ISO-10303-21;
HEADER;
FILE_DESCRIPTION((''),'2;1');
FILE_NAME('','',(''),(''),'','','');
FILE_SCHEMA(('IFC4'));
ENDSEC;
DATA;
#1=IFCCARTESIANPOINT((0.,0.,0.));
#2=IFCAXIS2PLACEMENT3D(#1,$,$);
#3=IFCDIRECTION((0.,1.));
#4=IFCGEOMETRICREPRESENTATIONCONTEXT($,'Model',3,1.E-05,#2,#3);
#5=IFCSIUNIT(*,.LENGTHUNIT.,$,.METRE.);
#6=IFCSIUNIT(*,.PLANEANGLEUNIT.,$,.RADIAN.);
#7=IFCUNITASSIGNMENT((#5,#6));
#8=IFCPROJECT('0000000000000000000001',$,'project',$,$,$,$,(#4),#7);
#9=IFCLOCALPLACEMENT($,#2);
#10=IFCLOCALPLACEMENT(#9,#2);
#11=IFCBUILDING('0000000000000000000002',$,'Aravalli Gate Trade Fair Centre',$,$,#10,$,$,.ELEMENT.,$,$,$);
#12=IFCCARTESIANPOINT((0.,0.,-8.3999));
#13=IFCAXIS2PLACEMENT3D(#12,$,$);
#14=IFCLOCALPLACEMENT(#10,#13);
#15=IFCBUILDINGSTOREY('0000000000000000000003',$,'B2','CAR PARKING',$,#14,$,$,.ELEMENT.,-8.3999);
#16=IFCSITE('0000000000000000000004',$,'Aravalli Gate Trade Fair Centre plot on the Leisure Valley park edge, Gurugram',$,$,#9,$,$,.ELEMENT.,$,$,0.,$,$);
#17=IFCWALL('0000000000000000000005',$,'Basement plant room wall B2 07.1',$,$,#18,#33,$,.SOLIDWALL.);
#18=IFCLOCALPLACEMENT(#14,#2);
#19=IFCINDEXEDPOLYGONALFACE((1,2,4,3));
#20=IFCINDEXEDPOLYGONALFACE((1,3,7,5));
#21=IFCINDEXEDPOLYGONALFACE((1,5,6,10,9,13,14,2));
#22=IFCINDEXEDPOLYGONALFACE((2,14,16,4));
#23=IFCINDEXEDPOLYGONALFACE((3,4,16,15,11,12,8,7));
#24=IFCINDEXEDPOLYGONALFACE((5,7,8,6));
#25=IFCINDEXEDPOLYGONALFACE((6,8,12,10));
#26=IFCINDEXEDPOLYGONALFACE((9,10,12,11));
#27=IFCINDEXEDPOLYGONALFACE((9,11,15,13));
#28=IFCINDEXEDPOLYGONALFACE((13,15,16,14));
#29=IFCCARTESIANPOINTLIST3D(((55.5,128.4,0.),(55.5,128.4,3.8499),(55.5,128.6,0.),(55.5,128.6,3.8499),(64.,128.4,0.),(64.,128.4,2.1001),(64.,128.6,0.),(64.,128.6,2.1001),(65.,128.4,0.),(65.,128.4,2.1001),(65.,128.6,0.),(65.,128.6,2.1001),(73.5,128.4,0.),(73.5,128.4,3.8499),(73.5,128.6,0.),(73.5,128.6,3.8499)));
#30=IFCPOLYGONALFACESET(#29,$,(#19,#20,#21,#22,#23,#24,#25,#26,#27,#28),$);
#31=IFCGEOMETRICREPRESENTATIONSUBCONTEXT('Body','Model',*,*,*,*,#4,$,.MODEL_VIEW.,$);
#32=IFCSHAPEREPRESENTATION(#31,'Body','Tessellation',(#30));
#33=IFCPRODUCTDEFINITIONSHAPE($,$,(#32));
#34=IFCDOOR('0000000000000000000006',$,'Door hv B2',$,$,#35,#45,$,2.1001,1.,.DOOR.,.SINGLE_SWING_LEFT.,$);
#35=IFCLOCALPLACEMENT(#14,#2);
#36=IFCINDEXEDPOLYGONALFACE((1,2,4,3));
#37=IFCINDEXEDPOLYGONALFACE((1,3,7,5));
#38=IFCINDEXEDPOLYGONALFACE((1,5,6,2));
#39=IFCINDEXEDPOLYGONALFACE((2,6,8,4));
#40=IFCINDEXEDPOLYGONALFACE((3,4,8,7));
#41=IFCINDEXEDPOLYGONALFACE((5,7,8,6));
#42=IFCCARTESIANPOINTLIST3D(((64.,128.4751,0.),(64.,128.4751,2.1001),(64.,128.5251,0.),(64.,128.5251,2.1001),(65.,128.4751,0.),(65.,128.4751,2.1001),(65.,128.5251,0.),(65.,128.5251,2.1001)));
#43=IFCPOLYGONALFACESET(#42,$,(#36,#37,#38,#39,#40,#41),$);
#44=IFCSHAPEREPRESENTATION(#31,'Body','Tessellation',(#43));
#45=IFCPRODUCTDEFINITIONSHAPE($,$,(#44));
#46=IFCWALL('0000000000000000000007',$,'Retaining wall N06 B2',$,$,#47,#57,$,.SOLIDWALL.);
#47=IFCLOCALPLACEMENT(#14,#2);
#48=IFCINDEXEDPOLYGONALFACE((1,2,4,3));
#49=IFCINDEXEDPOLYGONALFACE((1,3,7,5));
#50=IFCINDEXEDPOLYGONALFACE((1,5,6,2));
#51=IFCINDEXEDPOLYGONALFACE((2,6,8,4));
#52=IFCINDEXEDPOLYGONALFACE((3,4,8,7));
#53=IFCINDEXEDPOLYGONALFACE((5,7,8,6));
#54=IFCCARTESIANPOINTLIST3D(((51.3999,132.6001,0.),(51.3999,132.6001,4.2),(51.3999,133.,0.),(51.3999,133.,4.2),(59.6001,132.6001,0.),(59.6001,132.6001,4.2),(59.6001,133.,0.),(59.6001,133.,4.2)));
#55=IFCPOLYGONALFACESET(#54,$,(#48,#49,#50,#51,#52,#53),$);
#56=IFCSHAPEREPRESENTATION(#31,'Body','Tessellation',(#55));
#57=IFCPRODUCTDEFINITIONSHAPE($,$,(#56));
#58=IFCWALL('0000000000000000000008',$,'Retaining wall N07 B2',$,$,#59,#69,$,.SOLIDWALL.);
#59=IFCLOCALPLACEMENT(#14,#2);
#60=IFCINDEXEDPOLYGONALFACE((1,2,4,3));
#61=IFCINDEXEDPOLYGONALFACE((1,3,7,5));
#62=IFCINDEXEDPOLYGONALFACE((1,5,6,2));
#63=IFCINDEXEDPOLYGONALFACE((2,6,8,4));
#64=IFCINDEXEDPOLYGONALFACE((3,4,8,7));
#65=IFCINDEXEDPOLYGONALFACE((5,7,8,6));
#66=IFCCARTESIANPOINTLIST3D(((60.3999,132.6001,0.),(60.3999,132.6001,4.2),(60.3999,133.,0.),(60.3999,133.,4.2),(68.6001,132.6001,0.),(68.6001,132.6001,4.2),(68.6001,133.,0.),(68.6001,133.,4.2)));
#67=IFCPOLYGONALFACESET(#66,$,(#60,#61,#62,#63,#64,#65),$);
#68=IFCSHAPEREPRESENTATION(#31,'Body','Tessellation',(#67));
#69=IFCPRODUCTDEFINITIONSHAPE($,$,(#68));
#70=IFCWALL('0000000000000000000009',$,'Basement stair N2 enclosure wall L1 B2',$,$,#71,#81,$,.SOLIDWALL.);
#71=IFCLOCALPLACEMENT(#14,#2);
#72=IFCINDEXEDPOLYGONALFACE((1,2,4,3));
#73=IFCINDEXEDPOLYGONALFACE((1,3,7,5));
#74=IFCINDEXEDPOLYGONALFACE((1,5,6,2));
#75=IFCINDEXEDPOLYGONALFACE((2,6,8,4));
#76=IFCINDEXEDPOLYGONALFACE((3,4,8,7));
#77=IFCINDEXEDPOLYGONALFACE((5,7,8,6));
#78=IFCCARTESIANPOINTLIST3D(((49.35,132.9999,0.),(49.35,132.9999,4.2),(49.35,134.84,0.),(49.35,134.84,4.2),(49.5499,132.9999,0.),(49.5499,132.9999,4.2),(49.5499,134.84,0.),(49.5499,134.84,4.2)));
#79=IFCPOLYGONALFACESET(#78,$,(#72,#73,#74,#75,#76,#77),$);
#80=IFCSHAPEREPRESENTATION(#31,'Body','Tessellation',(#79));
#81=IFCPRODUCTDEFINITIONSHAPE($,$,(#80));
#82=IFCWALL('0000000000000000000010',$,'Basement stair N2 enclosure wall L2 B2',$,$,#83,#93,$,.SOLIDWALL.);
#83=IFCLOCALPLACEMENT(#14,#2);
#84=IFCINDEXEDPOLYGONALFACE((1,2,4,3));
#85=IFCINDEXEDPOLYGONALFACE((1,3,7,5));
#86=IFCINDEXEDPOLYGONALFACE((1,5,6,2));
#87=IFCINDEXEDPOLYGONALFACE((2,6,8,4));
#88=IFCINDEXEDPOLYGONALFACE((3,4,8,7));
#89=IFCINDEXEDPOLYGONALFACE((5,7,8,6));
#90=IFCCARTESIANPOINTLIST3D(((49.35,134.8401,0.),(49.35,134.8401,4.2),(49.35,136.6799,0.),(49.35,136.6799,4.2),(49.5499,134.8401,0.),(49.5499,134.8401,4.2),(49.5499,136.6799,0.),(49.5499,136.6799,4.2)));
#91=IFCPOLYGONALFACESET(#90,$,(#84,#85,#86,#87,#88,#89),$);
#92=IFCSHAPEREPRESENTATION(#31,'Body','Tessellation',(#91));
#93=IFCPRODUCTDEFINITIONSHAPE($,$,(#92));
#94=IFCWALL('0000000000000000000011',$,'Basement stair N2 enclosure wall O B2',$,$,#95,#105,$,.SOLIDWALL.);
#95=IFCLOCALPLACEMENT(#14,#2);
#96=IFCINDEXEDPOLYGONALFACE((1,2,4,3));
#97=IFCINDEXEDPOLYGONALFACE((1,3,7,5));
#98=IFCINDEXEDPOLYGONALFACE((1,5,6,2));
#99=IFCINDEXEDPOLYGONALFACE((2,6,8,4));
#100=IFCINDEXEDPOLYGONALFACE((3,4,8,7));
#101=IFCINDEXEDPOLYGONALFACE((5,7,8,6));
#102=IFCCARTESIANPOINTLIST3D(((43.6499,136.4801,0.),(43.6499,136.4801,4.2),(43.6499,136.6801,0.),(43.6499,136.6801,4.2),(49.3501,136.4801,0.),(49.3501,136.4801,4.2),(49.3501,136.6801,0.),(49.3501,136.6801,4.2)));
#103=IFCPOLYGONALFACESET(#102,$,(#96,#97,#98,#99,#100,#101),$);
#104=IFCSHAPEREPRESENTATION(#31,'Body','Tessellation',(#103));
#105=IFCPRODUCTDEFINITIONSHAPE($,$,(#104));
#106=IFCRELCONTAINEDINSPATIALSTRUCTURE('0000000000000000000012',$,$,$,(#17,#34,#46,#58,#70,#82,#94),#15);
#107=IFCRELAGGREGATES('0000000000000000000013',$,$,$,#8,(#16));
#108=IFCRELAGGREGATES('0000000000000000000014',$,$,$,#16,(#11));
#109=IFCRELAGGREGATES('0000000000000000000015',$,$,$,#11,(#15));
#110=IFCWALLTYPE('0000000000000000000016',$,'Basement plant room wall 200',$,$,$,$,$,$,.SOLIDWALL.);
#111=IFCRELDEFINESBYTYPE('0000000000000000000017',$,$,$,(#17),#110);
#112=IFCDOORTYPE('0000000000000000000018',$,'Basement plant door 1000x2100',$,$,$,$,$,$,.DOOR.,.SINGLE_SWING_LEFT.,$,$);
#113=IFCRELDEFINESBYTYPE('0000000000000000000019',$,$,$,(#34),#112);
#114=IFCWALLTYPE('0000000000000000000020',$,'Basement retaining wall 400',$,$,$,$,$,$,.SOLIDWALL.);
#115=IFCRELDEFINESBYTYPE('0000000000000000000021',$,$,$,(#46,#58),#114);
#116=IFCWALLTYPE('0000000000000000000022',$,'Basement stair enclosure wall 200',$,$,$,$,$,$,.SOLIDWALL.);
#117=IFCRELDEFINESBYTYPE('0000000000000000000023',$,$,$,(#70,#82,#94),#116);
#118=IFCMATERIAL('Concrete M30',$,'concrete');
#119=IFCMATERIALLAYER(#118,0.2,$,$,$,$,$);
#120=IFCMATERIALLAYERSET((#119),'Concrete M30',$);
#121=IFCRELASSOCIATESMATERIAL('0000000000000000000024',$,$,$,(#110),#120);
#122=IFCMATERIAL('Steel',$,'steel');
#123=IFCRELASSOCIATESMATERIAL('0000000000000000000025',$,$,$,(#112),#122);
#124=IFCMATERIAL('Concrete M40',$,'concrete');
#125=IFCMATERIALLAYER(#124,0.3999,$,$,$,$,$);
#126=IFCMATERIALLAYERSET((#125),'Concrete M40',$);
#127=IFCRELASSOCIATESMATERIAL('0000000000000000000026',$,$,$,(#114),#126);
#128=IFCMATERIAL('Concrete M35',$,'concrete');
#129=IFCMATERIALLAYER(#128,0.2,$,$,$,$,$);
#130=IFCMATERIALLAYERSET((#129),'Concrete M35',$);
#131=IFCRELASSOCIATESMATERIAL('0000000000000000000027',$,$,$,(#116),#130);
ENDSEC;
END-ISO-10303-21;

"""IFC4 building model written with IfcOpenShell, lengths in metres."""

from ifc_helpers import new_model, si_unit, direction, frame, frame_2d, origin, place, context, subcontext, project, spatial, rectangle, extrude, material, layer, layer_set, type_object, element, fill, save


model = new_model("IFC4")

# Units and contexts
model_context = context("Model", 3, precision=1e-05, world=origin(), true_north=direction((0.0, 1.0)))
body_context = subcontext(model_context, "Body", "Model", "MODEL_VIEW")
ifc_project = project(units=[si_unit("LENGTHUNIT", "METRE"), si_unit("PLANEANGLEUNIT", "RADIAN")], contexts=[model_context])

# Site, building, storey
site_placement = place(None, origin())
site = spatial("IfcSite", under=ifc_project, at=site_placement, Name="Aravalli Gate Trade Fair Centre plot on the Leisure Valley park edge, Gurugram", CompositionType="ELEMENT", RefElevation=0.0)
building_placement = place(site_placement, origin())
building = spatial("IfcBuilding", under=site, at=building_placement, Name="Aravalli Gate Trade Fair Centre", CompositionType="ELEMENT")
storey_placement = place(building_placement, frame((0.0, 0.0, -8.3999)))
storey = spatial("IfcBuildingStorey", under=building, at=storey_placement, Name="B2", Description="CAR PARKING", CompositionType="ELEMENT", Elevation=-8.3999)

# Shared definitions
ifc_material_1 = material(Name="Concrete M35", Category="concrete")

# Wall, opening, door
ifc_material_2 = material(Name="Concrete M30", Category="concrete")
ifc_layer_1 = layer(ifc_material_2, 0.2)
ifc_layer_set_1 = layer_set([ifc_layer_1], Name="Concrete M30")
wall_type_1 = type_object("IfcWallType", Name="Basement plant room wall 200", PredefinedType="SOLIDWALL", material=ifc_layer_set_1)
wall_1_placement = place(storey_placement, frame((55.5, 128.5, 0.0), z_axis=(0.0, 0.0, 1.0), x_axis=(1.0, 0.0, 0.0)))
wall_1 = element("IfcWall", 1, at=wall_1_placement, inside=storey, type_object=wall_type_1, Name="Basement plant room wall B2 07.1", PredefinedType="SOLIDWALL", context=body_context, shape_type="SweptSolid", body=[
    extrude(rectangle(XDim=18.0, YDim=0.2, at=frame_2d((9.0, 0.0))), origin(), (0.0, 0.0, 1.0), 3.8499),
])
opening_placement = place(wall_1_placement, frame((8.5, 0.0, 0.0)))
opening = element("IfcOpeningElement", 2, at=opening_placement, cuts=wall_1, PredefinedType="OPENING", context=body_context, shape_type="SweptSolid", body=[
    extrude(rectangle(XDim=1.0, YDim=2.1001, at=frame_2d((0.5, 1.05))), frame((0.0, 0.1099, 0.0), z_axis=(0.0, -1.0, 0.0), x_axis=(1.0, 0.0, 0.0)), (0.0, 0.0, 1.0), 0.22),
])
ifc_material_3 = material(Name="Steel", Category="steel")
door_type = type_object("IfcDoorType", Name="Basement plant door 1000x2100", OperationType="SINGLE_SWING_LEFT", PredefinedType="DOOR", material=ifc_material_3)
door_placement = place(opening_placement, frame((1.0, 0.0, 0.0), z_axis=(0.0, 0.0, 1.0), x_axis=(-1.0, 0.0, 0.0)))
door = element("IfcDoor", 3, at=door_placement, inside=storey, type_object=door_type, Name="Door hv B2", OperationType="SINGLE_SWING_LEFT", OverallHeight=2.1001, OverallWidth=1.0, PredefinedType="DOOR", context=body_context, shape_type="SweptSolid", body=[
    extrude(rectangle(XDim=1.0, YDim=2.1001, at=frame_2d((0.5, 1.05))), frame((0.0, 0.0249, 0.0), z_axis=(0.0, -1.0, 0.0), x_axis=(1.0, 0.0, 0.0)), (0.0, 0.0, 1.0), 0.05),
])
fill(opening, door)

# Walls
ifc_material_4 = material(Name="Concrete M40", Category="concrete")
ifc_layer_2 = layer(ifc_material_4, 0.3999)
ifc_layer_set_2 = layer_set([ifc_layer_2], Name="Concrete M40")
wall_type_2 = type_object("IfcWallType", Name="Basement retaining wall 400", PredefinedType="SOLIDWALL", material=ifc_layer_set_2)
for number, where, z_axis, x_axis, name in (
    (4, (51.3999, 132.8, 0.0), (0.0, 0.0, 1.0), (1.0, 0.0, 0.0), "Retaining wall N06 B2"),
    (5, (60.3999, 132.8, 0.0), (0.0, 0.0, 1.0), (1.0, 0.0, 0.0), "Retaining wall N07 B2"),
):
    element("IfcWall", number, at=place(storey_placement, frame(where, z_axis=z_axis, x_axis=x_axis)), inside=storey, type_object=wall_type_2, Name=name, PredefinedType="SOLIDWALL", context=body_context, shape_type="SweptSolid", body=[
        extrude(rectangle(XDim=8.2002, YDim=0.3999, at=frame_2d((4.1001, 0.0))), origin(), (0.0, 0.0, 1.0), 4.2),
    ])
ifc_layer_3 = layer(ifc_material_1, 0.2)
ifc_layer_set_3 = layer_set([ifc_layer_3], Name="Concrete M35")
wall_type_3 = type_object("IfcWallType", Name="Basement stair enclosure wall 200", PredefinedType="SOLIDWALL", material=ifc_layer_set_3)
wall_2_placement = place(storey_placement, frame((49.45, 133.0, 0.0), z_axis=(0.0, 0.0, 1.0), x_axis=(0.0, 1.0, 0.0)))
element("IfcWall", 6, at=wall_2_placement, inside=storey, type_object=wall_type_3, Name="Basement stair N2 enclosure wall L1 B2", PredefinedType="SOLIDWALL", context=body_context, shape_type="SweptSolid", body=[
    extrude(rectangle(XDim=1.8401, YDim=0.2, at=frame_2d((0.9199, 0.0))), origin(), (0.0, 0.0, 1.0), 4.2),
])
wall_3_placement = place(storey_placement, frame((49.45, 134.8401, 0.0), z_axis=(0.0, 0.0, 1.0), x_axis=(0.0, 1.0, 0.0)))
element("IfcWall", 7, at=wall_3_placement, inside=storey, type_object=wall_type_3, Name="Basement stair N2 enclosure wall L2 B2", PredefinedType="SOLIDWALL", context=body_context, shape_type="SweptSolid", body=[
    extrude(rectangle(XDim=1.8398, YDim=0.2, at=frame_2d((0.9199, 0.0))), origin(), (0.0, 0.0, 1.0), 4.2),
])
wall_4_placement = place(storey_placement, frame((49.3501, 136.5801, 0.0), z_axis=(0.0, 0.0, 1.0), x_axis=(-1.0, 0.0, 0.0)))
element("IfcWall", 8, at=wall_4_placement, inside=storey, type_object=wall_type_3, Name="Basement stair N2 enclosure wall O B2", PredefinedType="SOLIDWALL", context=body_context, shape_type="SweptSolid", body=[
    extrude(rectangle(XDim=5.7002, YDim=0.2, at=frame_2d((2.8501, 0.0))), origin(), (0.0, 0.0, 1.0), 4.2),
])

save(model, "model.ifc")
